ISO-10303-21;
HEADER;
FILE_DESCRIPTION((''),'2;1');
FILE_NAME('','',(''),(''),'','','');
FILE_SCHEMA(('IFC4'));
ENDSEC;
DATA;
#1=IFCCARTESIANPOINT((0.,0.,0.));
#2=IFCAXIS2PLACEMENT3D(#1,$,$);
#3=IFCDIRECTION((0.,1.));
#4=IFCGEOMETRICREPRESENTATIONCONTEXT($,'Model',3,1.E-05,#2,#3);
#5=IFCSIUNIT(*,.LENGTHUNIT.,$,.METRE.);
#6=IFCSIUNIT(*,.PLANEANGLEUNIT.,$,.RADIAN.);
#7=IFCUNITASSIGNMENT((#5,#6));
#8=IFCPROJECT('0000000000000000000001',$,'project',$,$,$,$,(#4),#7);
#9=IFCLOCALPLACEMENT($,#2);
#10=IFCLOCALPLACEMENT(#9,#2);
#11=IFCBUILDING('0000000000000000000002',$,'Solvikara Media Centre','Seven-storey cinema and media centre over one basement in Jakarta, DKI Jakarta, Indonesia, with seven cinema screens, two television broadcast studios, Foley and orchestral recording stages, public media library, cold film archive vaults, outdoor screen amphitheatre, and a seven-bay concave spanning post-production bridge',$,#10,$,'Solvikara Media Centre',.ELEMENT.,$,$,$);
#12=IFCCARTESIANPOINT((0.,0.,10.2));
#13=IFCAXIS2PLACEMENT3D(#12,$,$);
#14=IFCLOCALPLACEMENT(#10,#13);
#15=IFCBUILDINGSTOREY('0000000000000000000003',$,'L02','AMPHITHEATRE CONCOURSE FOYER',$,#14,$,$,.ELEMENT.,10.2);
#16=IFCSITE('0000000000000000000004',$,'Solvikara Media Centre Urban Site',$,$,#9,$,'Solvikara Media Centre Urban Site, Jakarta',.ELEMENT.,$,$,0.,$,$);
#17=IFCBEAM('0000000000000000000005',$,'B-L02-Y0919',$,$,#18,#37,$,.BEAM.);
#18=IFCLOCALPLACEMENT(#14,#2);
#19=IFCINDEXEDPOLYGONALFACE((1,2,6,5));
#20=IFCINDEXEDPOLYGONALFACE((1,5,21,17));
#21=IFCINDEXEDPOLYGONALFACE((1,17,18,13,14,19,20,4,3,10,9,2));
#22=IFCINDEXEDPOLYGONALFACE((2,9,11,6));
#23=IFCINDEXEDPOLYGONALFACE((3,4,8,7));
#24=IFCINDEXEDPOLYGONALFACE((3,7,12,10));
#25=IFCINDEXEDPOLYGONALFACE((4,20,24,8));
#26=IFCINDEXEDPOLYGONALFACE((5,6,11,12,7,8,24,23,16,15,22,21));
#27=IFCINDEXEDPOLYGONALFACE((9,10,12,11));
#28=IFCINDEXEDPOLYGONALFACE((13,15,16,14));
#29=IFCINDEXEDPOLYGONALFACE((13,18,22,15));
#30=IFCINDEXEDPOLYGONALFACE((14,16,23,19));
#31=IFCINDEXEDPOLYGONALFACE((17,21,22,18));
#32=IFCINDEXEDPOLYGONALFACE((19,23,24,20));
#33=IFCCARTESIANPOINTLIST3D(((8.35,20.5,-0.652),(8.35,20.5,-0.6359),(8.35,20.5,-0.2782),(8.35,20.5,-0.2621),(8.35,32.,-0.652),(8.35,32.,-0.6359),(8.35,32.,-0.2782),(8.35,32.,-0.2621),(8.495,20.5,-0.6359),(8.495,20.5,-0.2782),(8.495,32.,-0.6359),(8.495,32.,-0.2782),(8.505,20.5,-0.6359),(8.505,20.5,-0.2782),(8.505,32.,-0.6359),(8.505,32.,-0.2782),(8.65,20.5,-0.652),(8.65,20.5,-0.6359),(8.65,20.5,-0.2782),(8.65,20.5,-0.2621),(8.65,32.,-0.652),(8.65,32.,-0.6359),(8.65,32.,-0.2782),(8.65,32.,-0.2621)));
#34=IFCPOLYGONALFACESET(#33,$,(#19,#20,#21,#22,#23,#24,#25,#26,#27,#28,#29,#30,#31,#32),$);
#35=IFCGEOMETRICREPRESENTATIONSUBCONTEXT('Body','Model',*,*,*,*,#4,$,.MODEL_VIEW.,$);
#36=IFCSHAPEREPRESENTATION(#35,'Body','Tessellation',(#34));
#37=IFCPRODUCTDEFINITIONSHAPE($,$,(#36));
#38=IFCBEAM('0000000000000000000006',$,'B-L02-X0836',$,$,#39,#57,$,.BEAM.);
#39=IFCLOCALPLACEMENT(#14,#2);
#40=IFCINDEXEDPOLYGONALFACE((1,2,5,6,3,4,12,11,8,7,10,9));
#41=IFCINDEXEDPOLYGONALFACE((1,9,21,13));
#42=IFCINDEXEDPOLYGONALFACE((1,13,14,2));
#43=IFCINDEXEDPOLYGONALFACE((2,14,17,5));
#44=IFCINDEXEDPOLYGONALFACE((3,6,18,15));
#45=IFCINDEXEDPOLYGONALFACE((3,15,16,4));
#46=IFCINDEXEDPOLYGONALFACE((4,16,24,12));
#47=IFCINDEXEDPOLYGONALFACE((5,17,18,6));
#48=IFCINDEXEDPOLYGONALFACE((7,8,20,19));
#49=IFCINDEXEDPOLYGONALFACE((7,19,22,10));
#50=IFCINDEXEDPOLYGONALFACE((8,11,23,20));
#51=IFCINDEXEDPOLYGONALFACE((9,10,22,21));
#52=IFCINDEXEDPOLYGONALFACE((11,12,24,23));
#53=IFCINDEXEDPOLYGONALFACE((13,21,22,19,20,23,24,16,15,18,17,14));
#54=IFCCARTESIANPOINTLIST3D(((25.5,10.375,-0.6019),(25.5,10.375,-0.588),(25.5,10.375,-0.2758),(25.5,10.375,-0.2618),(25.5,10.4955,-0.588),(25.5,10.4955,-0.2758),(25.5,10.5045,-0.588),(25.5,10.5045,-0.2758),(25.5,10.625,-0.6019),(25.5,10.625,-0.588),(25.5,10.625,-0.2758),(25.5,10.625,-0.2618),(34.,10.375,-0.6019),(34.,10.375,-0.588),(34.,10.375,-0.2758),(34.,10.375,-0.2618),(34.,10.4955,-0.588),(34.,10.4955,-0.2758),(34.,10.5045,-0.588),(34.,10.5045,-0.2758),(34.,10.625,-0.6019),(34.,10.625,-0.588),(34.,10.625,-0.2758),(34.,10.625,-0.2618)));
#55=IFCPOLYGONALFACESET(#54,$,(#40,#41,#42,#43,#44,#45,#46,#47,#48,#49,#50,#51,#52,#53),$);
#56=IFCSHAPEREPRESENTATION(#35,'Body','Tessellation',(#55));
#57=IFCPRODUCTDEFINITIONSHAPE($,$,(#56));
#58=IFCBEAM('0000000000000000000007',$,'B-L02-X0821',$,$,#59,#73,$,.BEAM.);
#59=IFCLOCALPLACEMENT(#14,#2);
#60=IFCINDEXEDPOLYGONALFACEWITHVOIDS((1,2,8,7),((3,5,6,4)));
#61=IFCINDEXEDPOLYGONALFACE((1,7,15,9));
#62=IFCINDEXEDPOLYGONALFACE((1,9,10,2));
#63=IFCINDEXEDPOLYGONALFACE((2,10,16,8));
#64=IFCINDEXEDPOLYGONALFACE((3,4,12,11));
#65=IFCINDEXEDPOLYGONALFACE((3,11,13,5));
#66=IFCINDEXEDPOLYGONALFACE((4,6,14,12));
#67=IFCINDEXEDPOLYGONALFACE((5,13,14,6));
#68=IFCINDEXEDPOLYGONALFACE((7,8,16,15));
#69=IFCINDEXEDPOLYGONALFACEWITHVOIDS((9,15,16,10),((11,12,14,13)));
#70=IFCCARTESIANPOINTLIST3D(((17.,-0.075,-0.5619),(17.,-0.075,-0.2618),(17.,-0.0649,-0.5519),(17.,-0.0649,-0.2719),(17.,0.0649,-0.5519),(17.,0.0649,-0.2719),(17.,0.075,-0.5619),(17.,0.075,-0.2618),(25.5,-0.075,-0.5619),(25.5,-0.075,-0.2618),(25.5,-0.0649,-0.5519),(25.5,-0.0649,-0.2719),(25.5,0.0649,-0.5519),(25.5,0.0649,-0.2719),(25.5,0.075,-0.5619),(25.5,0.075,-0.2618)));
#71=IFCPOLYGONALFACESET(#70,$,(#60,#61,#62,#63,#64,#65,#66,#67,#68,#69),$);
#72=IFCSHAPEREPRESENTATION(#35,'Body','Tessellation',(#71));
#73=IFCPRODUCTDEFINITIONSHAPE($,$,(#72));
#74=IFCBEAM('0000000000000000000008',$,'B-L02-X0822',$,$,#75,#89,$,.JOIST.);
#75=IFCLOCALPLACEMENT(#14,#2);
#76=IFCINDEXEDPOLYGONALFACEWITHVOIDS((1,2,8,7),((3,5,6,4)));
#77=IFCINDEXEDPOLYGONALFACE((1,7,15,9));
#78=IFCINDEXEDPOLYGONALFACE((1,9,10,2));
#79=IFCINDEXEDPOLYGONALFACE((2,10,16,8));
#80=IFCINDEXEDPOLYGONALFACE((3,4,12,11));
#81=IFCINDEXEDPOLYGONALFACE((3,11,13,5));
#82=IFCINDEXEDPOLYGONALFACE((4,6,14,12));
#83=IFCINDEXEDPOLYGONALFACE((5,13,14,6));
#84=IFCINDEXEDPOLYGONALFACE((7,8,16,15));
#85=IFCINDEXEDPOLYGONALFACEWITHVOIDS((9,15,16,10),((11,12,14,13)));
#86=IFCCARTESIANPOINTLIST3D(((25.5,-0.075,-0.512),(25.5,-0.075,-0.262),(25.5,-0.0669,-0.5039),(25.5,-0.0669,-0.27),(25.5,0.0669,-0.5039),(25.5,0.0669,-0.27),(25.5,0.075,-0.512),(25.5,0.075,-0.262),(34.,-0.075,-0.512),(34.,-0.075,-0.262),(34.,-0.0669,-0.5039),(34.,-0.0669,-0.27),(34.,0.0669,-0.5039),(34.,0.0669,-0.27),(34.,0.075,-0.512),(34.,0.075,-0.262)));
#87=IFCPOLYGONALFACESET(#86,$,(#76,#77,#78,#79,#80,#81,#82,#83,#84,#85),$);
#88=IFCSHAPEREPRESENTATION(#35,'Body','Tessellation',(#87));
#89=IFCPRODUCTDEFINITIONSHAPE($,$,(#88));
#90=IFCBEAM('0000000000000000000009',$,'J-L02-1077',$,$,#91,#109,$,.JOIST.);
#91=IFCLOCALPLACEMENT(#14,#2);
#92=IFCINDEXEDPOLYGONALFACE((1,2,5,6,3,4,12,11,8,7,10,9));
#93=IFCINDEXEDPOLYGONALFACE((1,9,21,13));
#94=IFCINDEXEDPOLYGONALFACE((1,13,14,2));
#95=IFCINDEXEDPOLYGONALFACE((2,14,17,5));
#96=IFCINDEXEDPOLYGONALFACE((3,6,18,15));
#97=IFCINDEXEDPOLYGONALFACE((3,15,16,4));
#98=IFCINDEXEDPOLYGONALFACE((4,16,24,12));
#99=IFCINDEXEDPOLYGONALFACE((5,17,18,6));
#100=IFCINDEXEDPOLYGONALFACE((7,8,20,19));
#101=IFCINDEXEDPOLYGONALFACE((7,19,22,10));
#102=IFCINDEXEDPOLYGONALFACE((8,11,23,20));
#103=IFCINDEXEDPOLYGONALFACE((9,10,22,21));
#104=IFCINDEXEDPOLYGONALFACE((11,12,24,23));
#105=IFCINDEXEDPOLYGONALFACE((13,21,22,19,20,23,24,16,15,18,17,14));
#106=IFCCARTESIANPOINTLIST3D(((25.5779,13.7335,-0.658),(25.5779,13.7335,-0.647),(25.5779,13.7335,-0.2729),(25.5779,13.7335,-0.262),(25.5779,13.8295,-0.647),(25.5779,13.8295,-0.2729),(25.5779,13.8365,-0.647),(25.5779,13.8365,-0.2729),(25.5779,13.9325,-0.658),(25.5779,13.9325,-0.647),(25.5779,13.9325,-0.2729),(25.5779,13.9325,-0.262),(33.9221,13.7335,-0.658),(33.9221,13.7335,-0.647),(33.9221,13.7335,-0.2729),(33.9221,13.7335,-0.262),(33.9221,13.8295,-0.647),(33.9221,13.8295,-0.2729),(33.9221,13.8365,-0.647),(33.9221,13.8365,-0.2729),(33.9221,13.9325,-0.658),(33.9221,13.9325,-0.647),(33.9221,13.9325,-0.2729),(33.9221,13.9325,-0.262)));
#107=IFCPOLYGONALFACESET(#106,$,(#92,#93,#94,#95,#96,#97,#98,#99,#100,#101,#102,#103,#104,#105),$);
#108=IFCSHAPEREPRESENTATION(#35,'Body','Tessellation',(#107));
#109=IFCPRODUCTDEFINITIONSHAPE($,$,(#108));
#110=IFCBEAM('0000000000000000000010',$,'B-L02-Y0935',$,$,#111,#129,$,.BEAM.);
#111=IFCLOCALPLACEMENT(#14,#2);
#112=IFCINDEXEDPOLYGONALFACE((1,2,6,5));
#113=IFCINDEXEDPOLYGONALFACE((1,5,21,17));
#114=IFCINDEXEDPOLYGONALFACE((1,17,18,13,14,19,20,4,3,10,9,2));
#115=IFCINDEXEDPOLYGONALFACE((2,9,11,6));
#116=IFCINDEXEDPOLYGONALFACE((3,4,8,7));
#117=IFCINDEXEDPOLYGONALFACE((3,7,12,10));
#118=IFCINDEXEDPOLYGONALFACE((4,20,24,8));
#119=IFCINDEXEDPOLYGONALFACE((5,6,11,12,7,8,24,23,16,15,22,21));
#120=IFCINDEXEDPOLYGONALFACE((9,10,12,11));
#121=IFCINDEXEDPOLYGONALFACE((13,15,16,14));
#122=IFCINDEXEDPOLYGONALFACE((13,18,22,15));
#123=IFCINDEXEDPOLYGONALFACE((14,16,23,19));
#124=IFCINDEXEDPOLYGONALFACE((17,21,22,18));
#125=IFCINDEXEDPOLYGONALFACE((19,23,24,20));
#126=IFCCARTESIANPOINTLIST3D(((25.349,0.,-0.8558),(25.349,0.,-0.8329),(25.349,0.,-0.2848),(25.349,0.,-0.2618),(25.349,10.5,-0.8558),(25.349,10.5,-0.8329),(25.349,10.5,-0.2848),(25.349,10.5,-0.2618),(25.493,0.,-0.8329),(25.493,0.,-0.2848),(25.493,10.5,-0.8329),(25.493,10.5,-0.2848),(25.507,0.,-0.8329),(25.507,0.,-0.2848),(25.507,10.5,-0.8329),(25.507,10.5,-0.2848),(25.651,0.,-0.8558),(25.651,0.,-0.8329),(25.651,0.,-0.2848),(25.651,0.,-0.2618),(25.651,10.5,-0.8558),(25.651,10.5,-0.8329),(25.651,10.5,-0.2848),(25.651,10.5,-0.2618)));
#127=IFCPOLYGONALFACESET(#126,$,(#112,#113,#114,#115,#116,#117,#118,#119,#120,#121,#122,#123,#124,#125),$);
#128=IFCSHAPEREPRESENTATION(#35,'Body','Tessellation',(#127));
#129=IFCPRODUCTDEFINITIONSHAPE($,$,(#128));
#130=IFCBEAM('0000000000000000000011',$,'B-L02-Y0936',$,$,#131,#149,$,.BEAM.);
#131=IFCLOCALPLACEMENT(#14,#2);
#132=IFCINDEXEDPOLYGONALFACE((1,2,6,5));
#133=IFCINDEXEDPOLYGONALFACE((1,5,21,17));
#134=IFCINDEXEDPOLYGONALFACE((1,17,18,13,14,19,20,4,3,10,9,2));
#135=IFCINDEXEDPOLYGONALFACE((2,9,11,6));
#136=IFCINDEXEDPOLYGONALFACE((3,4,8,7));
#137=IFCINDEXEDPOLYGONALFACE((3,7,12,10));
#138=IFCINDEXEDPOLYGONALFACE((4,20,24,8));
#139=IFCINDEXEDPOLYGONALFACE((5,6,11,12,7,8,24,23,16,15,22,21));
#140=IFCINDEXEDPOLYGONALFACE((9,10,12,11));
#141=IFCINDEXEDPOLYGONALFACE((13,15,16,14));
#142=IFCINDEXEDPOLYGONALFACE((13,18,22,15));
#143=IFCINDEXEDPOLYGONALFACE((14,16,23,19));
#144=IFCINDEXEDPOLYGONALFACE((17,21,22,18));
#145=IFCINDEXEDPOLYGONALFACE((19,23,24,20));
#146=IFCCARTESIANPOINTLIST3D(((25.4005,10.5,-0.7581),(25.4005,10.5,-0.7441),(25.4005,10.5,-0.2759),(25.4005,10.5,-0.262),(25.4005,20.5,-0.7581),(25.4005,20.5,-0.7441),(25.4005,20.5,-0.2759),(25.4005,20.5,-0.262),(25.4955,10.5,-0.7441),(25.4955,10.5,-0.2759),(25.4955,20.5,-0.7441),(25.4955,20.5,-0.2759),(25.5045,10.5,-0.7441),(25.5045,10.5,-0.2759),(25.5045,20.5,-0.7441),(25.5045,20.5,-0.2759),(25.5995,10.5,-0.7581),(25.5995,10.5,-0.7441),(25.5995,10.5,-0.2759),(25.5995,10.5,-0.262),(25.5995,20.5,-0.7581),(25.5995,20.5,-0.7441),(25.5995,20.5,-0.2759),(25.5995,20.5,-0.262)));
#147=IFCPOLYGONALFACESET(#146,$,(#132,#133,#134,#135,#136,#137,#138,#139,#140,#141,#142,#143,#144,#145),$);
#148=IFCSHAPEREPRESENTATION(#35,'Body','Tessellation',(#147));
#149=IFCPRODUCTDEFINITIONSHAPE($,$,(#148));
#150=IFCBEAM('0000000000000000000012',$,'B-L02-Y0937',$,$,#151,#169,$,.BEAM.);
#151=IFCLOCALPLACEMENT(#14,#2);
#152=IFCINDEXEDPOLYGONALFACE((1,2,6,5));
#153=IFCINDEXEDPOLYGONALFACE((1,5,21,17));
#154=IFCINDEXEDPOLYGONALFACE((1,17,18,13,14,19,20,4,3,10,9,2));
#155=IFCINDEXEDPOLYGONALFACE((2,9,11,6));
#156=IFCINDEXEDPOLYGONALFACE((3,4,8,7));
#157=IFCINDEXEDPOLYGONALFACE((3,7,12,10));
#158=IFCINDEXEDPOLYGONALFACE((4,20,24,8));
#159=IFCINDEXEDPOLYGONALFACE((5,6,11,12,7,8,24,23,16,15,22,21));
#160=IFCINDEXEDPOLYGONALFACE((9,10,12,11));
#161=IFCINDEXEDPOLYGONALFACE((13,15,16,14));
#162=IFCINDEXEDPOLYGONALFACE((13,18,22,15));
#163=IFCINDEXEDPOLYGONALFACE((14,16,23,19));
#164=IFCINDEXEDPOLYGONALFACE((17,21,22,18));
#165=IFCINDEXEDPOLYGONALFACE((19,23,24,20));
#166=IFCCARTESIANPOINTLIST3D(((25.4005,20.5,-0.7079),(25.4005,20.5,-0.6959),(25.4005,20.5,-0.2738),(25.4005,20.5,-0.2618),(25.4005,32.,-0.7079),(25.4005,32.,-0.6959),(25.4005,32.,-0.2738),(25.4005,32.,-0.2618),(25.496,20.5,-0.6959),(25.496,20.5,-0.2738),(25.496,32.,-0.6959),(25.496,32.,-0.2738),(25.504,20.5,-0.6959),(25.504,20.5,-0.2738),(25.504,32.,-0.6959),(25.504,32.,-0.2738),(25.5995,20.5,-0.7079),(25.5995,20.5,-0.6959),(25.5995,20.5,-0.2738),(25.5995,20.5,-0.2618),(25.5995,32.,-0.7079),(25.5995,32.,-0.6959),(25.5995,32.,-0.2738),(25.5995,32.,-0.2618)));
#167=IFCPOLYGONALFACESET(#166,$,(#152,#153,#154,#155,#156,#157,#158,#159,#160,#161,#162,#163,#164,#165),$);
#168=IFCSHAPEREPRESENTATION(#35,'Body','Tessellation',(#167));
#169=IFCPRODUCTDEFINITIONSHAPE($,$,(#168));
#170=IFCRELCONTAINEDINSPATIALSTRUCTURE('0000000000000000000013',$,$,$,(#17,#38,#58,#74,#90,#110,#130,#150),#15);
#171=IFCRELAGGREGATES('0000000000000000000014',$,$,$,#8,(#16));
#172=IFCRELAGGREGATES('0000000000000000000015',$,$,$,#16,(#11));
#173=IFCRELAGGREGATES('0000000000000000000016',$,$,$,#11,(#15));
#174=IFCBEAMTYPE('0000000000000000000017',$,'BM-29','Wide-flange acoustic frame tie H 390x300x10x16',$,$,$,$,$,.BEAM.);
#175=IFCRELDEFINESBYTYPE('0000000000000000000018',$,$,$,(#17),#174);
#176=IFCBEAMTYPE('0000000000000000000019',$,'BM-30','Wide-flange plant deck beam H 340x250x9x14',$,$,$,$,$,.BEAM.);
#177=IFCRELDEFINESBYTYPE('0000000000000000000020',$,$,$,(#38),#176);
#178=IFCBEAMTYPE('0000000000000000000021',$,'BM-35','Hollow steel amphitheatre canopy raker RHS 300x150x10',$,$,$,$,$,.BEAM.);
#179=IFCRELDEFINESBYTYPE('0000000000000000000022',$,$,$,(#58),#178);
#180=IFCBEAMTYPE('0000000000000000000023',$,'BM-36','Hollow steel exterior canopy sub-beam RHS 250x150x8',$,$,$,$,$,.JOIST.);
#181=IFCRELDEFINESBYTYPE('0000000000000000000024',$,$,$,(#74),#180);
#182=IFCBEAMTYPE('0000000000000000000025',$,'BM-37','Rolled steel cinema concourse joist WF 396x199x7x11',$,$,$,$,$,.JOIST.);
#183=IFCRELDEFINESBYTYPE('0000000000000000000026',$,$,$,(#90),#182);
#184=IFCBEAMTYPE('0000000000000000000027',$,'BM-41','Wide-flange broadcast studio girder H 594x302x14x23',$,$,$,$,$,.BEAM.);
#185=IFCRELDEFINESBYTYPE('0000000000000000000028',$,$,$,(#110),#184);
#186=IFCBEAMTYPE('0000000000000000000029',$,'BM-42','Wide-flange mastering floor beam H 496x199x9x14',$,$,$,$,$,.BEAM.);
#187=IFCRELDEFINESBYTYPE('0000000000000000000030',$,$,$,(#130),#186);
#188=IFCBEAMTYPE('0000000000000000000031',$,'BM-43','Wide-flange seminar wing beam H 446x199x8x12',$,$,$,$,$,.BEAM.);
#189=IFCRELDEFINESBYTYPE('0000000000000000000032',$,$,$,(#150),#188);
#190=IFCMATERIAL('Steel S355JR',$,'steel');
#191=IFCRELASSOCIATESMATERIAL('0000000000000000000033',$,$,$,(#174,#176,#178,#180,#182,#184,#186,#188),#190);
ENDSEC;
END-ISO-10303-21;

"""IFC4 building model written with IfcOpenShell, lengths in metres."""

from ifc_helpers import new_model, si_unit, direction, frame, origin, origin_2d, place, context, subcontext, project, spatial, hollow_rectangle, i_section, extrude, material, material_profile, profile_set, type_object, element, save


model = new_model("IFC4")

# Units and contexts
model_context = context("Model", 3, precision=1e-05, world=origin(), true_north=direction((0.0, 1.0)))
body_context = subcontext(model_context, "Body", "Model", "MODEL_VIEW")
ifc_project = project(units=[si_unit("LENGTHUNIT", "METRE"), si_unit("PLANEANGLEUNIT", "RADIAN")], contexts=[model_context])

# Site, building, storey
site_placement = place(None, origin())
site = spatial("IfcSite", under=ifc_project, at=site_placement, Name="Solvikara Media Centre Urban Site", LongName="Solvikara Media Centre Urban Site, Jakarta", CompositionType="ELEMENT", RefElevation=0.0)
building_placement = place(site_placement, origin())
building = spatial("IfcBuilding", under=site, at=building_placement, Name="Solvikara Media Centre", Description="Seven-storey cinema and media centre over one basement in Jakarta, DKI Jakarta, Indonesia, with seven cinema screens, two television broadcast studios, Foley and orchestral recording stages, public media library, cold film archive vaults, outdoor screen amphitheatre, and a seven-bay concave spanning post-production bridge", LongName="Solvikara Media Centre", CompositionType="ELEMENT")
storey_placement = place(building_placement, frame((0.0, 0.0, 10.2)))
storey = spatial("IfcBuildingStorey", under=building, at=storey_placement, Name="L02", Description="AMPHITHEATRE CONCOURSE FOYER", CompositionType="ELEMENT", Elevation=10.2)

# Beams
ifc_material_1 = material(Name="Steel S355JR", Category="steel")
ifc_material_profile_1 = material_profile(ifc_material_1, i_section(OverallWidth=0.3, OverallDepth=0.3899, WebThickness=0.01, FlangeThickness=0.0161, at=origin_2d()), Name="H 390x300x10x16")
ifc_profile_set_1 = profile_set([ifc_material_profile_1], Name="Steel S355JR")
beam_type_1 = type_object("IfcBeamType", Name="BM-29", Description="Wide-flange acoustic frame tie H 390x300x10x16", PredefinedType="BEAM", material=ifc_profile_set_1)
beam_1_placement = place(storey_placement, frame((8.5, 20.5, -0.457), z_axis=(0.0, 1.0, 0.0), x_axis=(-1.0, 0.0, 0.0)))
element("IfcBeam", 1, at=beam_1_placement, inside=storey, type_object=beam_type_1, Name="B-L02-Y0919", PredefinedType="BEAM", context=body_context, shape_type="SweptSolid", body=[
    extrude(i_section(OverallWidth=0.3, OverallDepth=0.3899, WebThickness=0.01, FlangeThickness=0.0161, at=origin_2d()), origin(), (0.0, 0.0, 1.0), 11.5),
])
ifc_material_profile_2 = material_profile(ifc_material_1, i_section(OverallWidth=0.25, OverallDepth=0.3401, WebThickness=0.009, FlangeThickness=0.0139, at=origin_2d()), Name="H 340x250x9x14")
ifc_profile_set_2 = profile_set([ifc_material_profile_2], Name="Steel S355JR")
beam_type_2 = type_object("IfcBeamType", Name="BM-30", Description="Wide-flange plant deck beam H 340x250x9x14", PredefinedType="BEAM", material=ifc_profile_set_2)
beam_2_placement = place(storey_placement, frame((25.5, 10.5, -0.4319), z_axis=(1.0, 0.0, 0.0), x_axis=(0.0, 1.0, 0.0)))
element("IfcBeam", 2, at=beam_2_placement, inside=storey, type_object=beam_type_2, Name="B-L02-X0836", PredefinedType="BEAM", context=body_context, shape_type="SweptSolid", body=[
    extrude(i_section(OverallWidth=0.25, OverallDepth=0.3401, WebThickness=0.009, FlangeThickness=0.0139, at=origin_2d()), origin(), (0.0, 0.0, 1.0), 8.5),
])
ifc_material_profile_3 = material_profile(ifc_material_1, hollow_rectangle(XDim=0.1499, YDim=0.3, WallThickness=0.01, at=origin_2d()), Name="RHS 300x150x10")
ifc_profile_set_3 = profile_set([ifc_material_profile_3], Name="Steel S355JR")
beam_type_3 = type_object("IfcBeamType", Name="BM-35", Description="Hollow steel amphitheatre canopy raker RHS 300x150x10", PredefinedType="BEAM", material=ifc_profile_set_3)
beam_3_placement = place(storey_placement, frame((17.0, 0.0, -0.4119), z_axis=(1.0, 0.0, 0.0), x_axis=(0.0, 1.0, 0.0)))
element("IfcBeam", 3, at=beam_3_placement, inside=storey, type_object=beam_type_3, Name="B-L02-X0821", PredefinedType="BEAM", context=body_context, shape_type="SweptSolid", body=[
    extrude(hollow_rectangle(XDim=0.1499, YDim=0.3, WallThickness=0.01, at=origin_2d()), origin(), (0.0, 0.0, 1.0), 8.5),
])
ifc_material_profile_4 = material_profile(ifc_material_1, hollow_rectangle(XDim=0.1499, YDim=0.25, WallThickness=0.0081, at=origin_2d()), Name="RHS 250x150x8")
ifc_profile_set_4 = profile_set([ifc_material_profile_4], Name="Steel S355JR")
beam_type_4 = type_object("IfcBeamType", Name="BM-36", Description="Hollow steel exterior canopy sub-beam RHS 250x150x8", PredefinedType="JOIST", material=ifc_profile_set_4)
beam_4_placement = place(storey_placement, frame((25.5, 0.0, -0.387), z_axis=(1.0, 0.0, 0.0), x_axis=(0.0, 1.0, 0.0)))
element("IfcBeam", 4, at=beam_4_placement, inside=storey, type_object=beam_type_4, Name="B-L02-X0822", PredefinedType="JOIST", context=body_context, shape_type="SweptSolid", body=[
    extrude(hollow_rectangle(XDim=0.1499, YDim=0.25, WallThickness=0.0081, at=origin_2d()), origin(), (0.0, 0.0, 1.0), 8.5),
])
ifc_material_profile_5 = material_profile(ifc_material_1, i_section(OverallWidth=0.199, OverallDepth=0.396, WebThickness=0.0071, FlangeThickness=0.011, at=origin_2d()), Name="WF 396x199x7x11")
ifc_profile_set_5 = profile_set([ifc_material_profile_5], Name="Steel S355JR")
beam_type_5 = type_object("IfcBeamType", Name="BM-37", Description="Rolled steel cinema concourse joist WF 396x199x7x11", PredefinedType="JOIST", material=ifc_profile_set_5)
beam_5_placement = place(storey_placement, frame((25.5779, 13.833, -0.46), z_axis=(1.0, 0.0, 0.0), x_axis=(0.0, 1.0, 0.0)))
element("IfcBeam", 5, at=beam_5_placement, inside=storey, type_object=beam_type_5, Name="J-L02-1077", PredefinedType="JOIST", context=body_context, shape_type="SweptSolid", body=[
    extrude(i_section(OverallWidth=0.199, OverallDepth=0.396, WebThickness=0.0071, FlangeThickness=0.011, at=origin_2d()), origin(), (0.0, 0.0, 1.0), 8.3442),
])
ifc_material_profile_6 = material_profile(ifc_material_1, i_section(OverallWidth=0.302, OverallDepth=0.594, WebThickness=0.0139, FlangeThickness=0.0229, at=origin_2d()), Name="H 594x302x14x23")
ifc_profile_set_6 = profile_set([ifc_material_profile_6], Name="Steel S355JR")
beam_type_6 = type_object("IfcBeamType", Name="BM-41", Description="Wide-flange broadcast studio girder H 594x302x14x23", PredefinedType="BEAM", material=ifc_profile_set_6)
beam_6_placement = place(storey_placement, frame((25.5, 0.0, -0.5588), z_axis=(0.0, 1.0, 0.0), x_axis=(-1.0, 0.0, 0.0)))
element("IfcBeam", 6, at=beam_6_placement, inside=storey, type_object=beam_type_6, Name="B-L02-Y0935", PredefinedType="BEAM", context=body_context, shape_type="SweptSolid", body=[
    extrude(i_section(OverallWidth=0.302, OverallDepth=0.594, WebThickness=0.0139, FlangeThickness=0.0229, at=origin_2d()), origin(), (0.0, 0.0, 1.0), 10.5),
])
ifc_material_profile_7 = material_profile(ifc_material_1, i_section(OverallWidth=0.199, OverallDepth=0.4961, WebThickness=0.009, FlangeThickness=0.0139, at=origin_2d()), Name="H 496x199x9x14")
ifc_profile_set_7 = profile_set([ifc_material_profile_7], Name="Steel S355JR")
beam_type_7 = type_object("IfcBeamType", Name="BM-42", Description="Wide-flange mastering floor beam H 496x199x9x14", PredefinedType="BEAM", material=ifc_profile_set_7)
beam_7_placement = place(storey_placement, frame((25.5, 10.5, -0.51), z_axis=(0.0, 1.0, 0.0), x_axis=(-1.0, 0.0, 0.0)))
element("IfcBeam", 7, at=beam_7_placement, inside=storey, type_object=beam_type_7, Name="B-L02-Y0936", PredefinedType="BEAM", context=body_context, shape_type="SweptSolid", body=[
    extrude(i_section(OverallWidth=0.199, OverallDepth=0.4961, WebThickness=0.009, FlangeThickness=0.0139, at=origin_2d()), origin(), (0.0, 0.0, 1.0), 10.0),
])
ifc_material_profile_8 = material_profile(ifc_material_1, i_section(OverallWidth=0.199, OverallDepth=0.446, WebThickness=0.0081, FlangeThickness=0.012, at=origin_2d()), Name="H 446x199x8x12")
ifc_profile_set_8 = profile_set([ifc_material_profile_8], Name="Steel S355JR")
beam_type_8 = type_object("IfcBeamType", Name="BM-43", Description="Wide-flange seminar wing beam H 446x199x8x12", PredefinedType="BEAM", material=ifc_profile_set_8)
beam_8_placement = place(storey_placement, frame((25.5, 20.5, -0.4849), z_axis=(0.0, 1.0, 0.0), x_axis=(-1.0, 0.0, 0.0)))
element("IfcBeam", 8, at=beam_8_placement, inside=storey, type_object=beam_type_8, Name="B-L02-Y0937", PredefinedType="BEAM", context=body_context, shape_type="SweptSolid", body=[
    extrude(i_section(OverallWidth=0.199, OverallDepth=0.446, WebThickness=0.0081, FlangeThickness=0.012, at=origin_2d()), origin(), (0.0, 0.0, 1.0), 11.5),
])

save(model, "model.ifc")
